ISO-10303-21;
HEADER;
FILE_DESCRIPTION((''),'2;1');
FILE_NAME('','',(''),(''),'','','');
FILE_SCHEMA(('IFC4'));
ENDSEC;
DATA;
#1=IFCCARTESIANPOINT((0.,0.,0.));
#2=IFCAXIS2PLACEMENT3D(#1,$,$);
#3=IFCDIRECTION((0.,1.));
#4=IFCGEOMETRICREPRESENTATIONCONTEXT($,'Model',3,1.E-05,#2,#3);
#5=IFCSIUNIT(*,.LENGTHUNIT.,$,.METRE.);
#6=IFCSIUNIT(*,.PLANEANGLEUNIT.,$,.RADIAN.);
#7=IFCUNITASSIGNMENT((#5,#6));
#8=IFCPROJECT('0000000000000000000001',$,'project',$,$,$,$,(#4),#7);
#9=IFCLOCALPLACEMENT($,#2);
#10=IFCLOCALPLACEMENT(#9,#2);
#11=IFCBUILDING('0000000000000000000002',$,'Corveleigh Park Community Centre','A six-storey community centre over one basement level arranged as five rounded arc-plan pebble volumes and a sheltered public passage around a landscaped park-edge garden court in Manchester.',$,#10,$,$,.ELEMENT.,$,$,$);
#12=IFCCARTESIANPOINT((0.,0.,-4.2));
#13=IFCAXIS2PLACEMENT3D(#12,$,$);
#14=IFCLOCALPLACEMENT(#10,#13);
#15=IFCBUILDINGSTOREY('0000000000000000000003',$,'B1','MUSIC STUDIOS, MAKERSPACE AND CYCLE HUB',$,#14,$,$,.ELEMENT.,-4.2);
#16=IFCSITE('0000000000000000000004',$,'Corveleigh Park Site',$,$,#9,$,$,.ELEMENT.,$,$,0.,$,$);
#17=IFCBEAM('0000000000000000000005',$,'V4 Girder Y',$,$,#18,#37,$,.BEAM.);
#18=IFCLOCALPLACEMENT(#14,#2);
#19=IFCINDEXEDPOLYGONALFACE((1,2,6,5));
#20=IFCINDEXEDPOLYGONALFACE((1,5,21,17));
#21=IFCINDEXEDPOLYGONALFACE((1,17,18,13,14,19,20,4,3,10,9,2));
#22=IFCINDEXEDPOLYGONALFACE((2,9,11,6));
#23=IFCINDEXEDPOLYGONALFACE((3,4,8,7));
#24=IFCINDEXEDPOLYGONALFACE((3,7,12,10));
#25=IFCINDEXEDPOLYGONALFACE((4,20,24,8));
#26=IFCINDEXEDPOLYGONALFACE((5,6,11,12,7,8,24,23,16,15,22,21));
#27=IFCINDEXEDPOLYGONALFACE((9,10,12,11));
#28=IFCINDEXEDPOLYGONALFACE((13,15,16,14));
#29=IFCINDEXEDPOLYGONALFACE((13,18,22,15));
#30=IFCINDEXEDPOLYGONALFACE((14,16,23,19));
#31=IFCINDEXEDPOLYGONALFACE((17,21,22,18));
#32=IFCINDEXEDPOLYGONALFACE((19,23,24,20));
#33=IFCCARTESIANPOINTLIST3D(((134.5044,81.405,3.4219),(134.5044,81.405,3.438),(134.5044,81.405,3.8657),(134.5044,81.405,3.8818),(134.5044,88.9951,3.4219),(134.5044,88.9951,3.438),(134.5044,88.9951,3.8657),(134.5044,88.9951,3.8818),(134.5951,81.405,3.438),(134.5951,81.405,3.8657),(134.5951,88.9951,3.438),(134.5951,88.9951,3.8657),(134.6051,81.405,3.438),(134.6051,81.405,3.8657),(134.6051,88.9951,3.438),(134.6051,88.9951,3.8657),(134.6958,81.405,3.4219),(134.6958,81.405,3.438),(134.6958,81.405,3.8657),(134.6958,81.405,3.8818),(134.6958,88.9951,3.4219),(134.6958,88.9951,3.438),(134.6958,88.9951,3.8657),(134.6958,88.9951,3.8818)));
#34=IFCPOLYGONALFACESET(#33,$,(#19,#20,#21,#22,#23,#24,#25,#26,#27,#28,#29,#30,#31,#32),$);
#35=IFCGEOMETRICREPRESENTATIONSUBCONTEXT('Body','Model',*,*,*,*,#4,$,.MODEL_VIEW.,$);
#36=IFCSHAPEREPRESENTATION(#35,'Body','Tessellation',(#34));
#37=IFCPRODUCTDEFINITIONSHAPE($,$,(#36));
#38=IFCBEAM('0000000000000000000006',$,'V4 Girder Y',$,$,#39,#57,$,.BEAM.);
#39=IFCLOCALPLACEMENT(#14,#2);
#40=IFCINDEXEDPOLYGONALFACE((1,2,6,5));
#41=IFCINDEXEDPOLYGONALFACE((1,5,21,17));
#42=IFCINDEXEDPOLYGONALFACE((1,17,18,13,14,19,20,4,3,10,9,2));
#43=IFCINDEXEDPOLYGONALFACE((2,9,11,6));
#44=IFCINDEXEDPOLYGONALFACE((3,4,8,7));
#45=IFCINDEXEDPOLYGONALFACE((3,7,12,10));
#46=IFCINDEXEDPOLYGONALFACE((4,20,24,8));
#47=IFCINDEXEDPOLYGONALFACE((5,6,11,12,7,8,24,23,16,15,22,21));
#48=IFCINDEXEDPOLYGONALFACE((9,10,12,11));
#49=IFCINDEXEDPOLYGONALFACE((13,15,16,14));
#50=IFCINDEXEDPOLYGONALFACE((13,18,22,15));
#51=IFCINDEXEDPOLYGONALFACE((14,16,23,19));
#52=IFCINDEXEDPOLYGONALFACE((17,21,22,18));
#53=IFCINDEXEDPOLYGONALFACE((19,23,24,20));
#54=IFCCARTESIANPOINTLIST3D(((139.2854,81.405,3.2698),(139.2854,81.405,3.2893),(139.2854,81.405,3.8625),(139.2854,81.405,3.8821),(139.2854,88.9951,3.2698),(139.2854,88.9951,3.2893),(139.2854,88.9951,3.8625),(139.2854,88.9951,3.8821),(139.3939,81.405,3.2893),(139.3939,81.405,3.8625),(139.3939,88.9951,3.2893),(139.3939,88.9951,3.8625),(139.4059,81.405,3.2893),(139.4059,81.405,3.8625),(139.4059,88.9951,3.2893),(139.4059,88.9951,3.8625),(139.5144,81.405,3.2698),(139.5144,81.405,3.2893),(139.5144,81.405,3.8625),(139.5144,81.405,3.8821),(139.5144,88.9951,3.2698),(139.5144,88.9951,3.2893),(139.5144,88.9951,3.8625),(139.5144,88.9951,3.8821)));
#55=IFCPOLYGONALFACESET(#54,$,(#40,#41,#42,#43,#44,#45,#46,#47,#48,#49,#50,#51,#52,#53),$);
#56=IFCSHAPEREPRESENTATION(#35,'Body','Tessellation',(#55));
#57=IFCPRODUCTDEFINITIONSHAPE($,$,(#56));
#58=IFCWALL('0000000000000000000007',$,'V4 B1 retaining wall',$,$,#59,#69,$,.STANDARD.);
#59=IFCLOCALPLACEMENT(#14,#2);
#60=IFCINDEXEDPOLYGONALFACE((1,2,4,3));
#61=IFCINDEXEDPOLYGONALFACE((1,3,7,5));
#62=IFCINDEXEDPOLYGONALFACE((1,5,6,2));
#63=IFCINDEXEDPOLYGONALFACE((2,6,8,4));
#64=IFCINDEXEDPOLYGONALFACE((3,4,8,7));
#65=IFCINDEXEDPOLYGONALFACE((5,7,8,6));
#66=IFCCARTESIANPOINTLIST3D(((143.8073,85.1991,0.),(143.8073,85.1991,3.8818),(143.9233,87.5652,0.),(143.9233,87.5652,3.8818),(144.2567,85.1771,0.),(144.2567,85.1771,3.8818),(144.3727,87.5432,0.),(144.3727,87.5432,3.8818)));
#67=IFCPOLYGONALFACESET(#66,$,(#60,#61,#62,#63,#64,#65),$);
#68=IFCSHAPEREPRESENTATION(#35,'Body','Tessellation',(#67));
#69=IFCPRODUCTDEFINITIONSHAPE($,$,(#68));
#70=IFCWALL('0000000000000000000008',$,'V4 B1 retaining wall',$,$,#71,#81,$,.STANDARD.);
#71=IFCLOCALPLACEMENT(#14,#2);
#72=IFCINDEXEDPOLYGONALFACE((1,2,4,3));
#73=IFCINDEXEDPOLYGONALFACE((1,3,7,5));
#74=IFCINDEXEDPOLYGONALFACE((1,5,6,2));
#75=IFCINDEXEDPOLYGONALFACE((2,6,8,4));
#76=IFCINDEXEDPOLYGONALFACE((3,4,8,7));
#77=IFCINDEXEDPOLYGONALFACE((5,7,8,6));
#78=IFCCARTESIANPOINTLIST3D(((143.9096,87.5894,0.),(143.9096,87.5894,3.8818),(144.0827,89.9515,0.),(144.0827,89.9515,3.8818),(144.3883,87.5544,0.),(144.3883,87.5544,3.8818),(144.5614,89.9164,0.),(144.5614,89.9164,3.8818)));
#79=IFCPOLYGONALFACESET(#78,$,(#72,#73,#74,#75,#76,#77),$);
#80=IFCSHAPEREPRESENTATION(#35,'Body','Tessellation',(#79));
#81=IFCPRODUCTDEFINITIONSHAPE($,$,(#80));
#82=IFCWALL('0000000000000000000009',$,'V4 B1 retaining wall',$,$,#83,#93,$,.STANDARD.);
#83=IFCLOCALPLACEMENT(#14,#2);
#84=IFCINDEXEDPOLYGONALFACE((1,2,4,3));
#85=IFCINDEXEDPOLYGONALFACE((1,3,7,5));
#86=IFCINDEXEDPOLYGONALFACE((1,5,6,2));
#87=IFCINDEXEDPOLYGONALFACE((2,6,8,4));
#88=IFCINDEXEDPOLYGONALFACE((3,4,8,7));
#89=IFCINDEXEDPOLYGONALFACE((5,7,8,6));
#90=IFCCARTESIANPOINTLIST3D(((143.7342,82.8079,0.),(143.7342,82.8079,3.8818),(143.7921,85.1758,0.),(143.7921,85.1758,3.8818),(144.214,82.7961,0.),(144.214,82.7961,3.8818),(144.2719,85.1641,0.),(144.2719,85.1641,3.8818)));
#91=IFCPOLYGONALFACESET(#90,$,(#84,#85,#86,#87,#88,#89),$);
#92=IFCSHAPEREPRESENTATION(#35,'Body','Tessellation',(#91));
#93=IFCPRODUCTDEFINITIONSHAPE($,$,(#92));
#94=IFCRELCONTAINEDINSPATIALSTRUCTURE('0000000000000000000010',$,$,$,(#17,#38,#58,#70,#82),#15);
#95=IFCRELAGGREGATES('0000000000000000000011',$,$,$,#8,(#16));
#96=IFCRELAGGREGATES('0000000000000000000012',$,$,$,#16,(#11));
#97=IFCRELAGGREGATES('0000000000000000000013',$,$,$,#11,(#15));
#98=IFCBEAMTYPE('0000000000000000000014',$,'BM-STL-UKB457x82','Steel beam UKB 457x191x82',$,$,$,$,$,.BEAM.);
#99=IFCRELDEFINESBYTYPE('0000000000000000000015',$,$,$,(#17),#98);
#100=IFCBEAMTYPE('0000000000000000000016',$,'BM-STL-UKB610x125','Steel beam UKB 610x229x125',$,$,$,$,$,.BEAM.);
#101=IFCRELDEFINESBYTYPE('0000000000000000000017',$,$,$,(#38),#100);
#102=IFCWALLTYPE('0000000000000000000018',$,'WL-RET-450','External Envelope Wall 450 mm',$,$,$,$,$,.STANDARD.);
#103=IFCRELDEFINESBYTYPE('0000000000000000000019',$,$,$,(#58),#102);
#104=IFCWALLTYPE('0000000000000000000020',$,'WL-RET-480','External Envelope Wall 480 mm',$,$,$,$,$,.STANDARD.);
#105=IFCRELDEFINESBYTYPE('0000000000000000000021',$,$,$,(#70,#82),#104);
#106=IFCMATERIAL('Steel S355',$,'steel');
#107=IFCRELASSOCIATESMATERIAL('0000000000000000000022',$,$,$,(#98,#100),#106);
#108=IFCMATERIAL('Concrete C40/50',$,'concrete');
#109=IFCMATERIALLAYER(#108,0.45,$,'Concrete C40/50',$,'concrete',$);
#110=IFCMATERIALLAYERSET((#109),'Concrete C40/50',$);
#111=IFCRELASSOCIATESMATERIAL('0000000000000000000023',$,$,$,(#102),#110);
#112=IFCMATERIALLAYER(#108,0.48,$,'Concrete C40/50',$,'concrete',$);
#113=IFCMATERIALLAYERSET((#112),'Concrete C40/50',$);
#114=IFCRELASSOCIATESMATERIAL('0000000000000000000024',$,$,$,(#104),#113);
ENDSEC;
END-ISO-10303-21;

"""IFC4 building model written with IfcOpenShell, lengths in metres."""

from ifc_helpers import new_model, si_unit, direction, frame, frame_2d, origin, origin_2d, place, context, subcontext, project, spatial, rectangle, i_section, extrude, material, layer, layer_set, material_profile, profile_set, type_object, element, save


model = new_model("IFC4")

# Units and contexts
model_context = context("Model", 3, precision=1e-05, world=origin(), true_north=direction((0.0, 1.0)))
body_context = subcontext(model_context, "Body", "Model", "MODEL_VIEW")
ifc_project = project(units=[si_unit("LENGTHUNIT", "METRE"), si_unit("PLANEANGLEUNIT", "RADIAN")], contexts=[model_context])

# Site, building, storey
site_placement = place(None, origin())
site = spatial("IfcSite", under=ifc_project, at=site_placement, Name="Corveleigh Park Site", CompositionType="ELEMENT", RefElevation=0.0)
building_placement = place(site_placement, origin())
building = spatial("IfcBuilding", under=site, at=building_placement, Name="Corveleigh Park Community Centre", Description="A six-storey community centre over one basement level arranged as five rounded arc-plan pebble volumes and a sheltered public passage around a landscaped park-edge garden court in Manchester.", CompositionType="ELEMENT")
storey_placement = place(building_placement, frame((0.0, 0.0, -4.2)))
storey = spatial("IfcBuildingStorey", under=building, at=storey_placement, Name="B1", Description="MUSIC STUDIOS, MAKERSPACE AND CYCLE HUB", CompositionType="ELEMENT", Elevation=-4.2)

# Shared definitions
ifc_material_1 = material(Name="Concrete C40/50", Category="concrete")

# Shared definitions
ifc_material_2 = material(Name="Steel S355", Category="steel")

# Beams
ifc_material_profile_1 = material_profile(ifc_material_2, i_section(OverallWidth=0.1914, OverallDepth=0.46, WebThickness=0.01, FlangeThickness=0.0161, at=origin_2d()), Name="UKB 457x191x82", Category="steel")
ifc_profile_set_1 = profile_set([ifc_material_profile_1], Name="Steel S355")
beam_type_1 = type_object("IfcBeamType", Name="BM-STL-UKB457x82", Description="Steel beam UKB 457x191x82", PredefinedType="BEAM", material=ifc_profile_set_1)
beam_1_placement = place(storey_placement, frame((134.6001, 81.405, 3.6519), z_axis=(0.0, 1.0, 0.0), x_axis=(-1.0, 0.0, 0.0)))
element("IfcBeam", 1, at=beam_1_placement, inside=storey, type_object=beam_type_1, Name="V4 Girder Y", PredefinedType="BEAM", context=body_context, shape_type="SweptSolid", body=[
    extrude(i_section(OverallWidth=0.1914, OverallDepth=0.46, WebThickness=0.01, FlangeThickness=0.0161, at=origin_2d()), origin(), (0.0, 0.0, 1.0), 7.5901),
])
ifc_material_profile_2 = material_profile(ifc_material_2, i_section(OverallWidth=0.229, OverallDepth=0.6123, WebThickness=0.012, FlangeThickness=0.0195, at=origin_2d()), Name="UKB 610x229x125", Category="steel")
ifc_profile_set_2 = profile_set([ifc_material_profile_2], Name="Steel S355")
beam_type_2 = type_object("IfcBeamType", Name="BM-STL-UKB610x125", Description="Steel beam UKB 610x229x125", PredefinedType="BEAM", material=ifc_profile_set_2)
beam_2_placement = place(storey_placement, frame((139.3999, 81.405, 3.5759), z_axis=(0.0, 1.0, 0.0), x_axis=(-1.0, 0.0, 0.0)))
element("IfcBeam", 2, at=beam_2_placement, inside=storey, type_object=beam_type_2, Name="V4 Girder Y", PredefinedType="BEAM", context=body_context, shape_type="SweptSolid", body=[
    extrude(i_section(OverallWidth=0.229, OverallDepth=0.6123, WebThickness=0.012, FlangeThickness=0.0195, at=origin_2d()), origin(), (0.0, 0.0, 1.0), 7.5901),
])

# Walls
ifc_layer_1 = layer(ifc_material_1, 0.45, Name="Concrete C40/50", Category="concrete")
ifc_layer_set_1 = layer_set([ifc_layer_1], Name="Concrete C40/50")
wall_type_1 = type_object("IfcWallType", Name="WL-RET-450", Description="External Envelope Wall 450 mm", PredefinedType="STANDARD", material=ifc_layer_set_1)
wall_1_placement = place(storey_placement, frame((144.032, 85.188, 0.0), z_axis=(0.0, 0.0, 1.0), x_axis=(0.048956, 0.998801, 0.0)))
element("IfcWall", 3, at=wall_1_placement, inside=storey, type_object=wall_type_1, Name="V4 B1 retaining wall", PredefinedType="STANDARD", context=body_context, shape_type="SweptSolid", body=[
    extrude(rectangle(XDim=2.3689, YDim=0.45, at=frame_2d((1.1846, 0.0))), origin(), (0.0, 0.0, 1.0), 3.8818),
])
ifc_layer_2 = layer(ifc_material_1, 0.48, Name="Concrete C40/50", Category="concrete")
ifc_layer_set_2 = layer_set([ifc_layer_2], Name="Concrete C40/50")
wall_type_2 = type_object("IfcWallType", Name="WL-RET-480", Description="External Envelope Wall 480 mm", PredefinedType="STANDARD", material=ifc_layer_set_2)
wall_2_placement = place(storey_placement, frame((144.1489, 87.572, 0.0), z_axis=(0.0, 0.0, 1.0), x_axis=(0.073086, 0.997326, 0.0)))
element("IfcWall", 4, at=wall_2_placement, inside=storey, type_object=wall_type_2, Name="V4 B1 retaining wall", PredefinedType="STANDARD", context=body_context, shape_type="SweptSolid", body=[
    extrude(rectangle(XDim=2.3684, YDim=0.48, at=frame_2d((1.1841, 0.0))), origin(), (0.0, 0.0, 1.0), 3.8818),
])
wall_3_placement = place(storey_placement, frame((143.9741, 82.802, 0.0), z_axis=(0.0, 0.0, 1.0), x_axis=(0.024428, 0.999702, 0.0)))
element("IfcWall", 5, at=wall_3_placement, inside=storey, type_object=wall_type_2, Name="V4 B1 retaining wall", PredefinedType="STANDARD", context=body_context, shape_type="SweptSolid", body=[
    extrude(rectangle(XDim=2.3687, YDim=0.48, at=frame_2d((1.1843, 0.0))), origin(), (0.0, 0.0, 1.0), 3.8818),
])

save(model, "model.ifc")
